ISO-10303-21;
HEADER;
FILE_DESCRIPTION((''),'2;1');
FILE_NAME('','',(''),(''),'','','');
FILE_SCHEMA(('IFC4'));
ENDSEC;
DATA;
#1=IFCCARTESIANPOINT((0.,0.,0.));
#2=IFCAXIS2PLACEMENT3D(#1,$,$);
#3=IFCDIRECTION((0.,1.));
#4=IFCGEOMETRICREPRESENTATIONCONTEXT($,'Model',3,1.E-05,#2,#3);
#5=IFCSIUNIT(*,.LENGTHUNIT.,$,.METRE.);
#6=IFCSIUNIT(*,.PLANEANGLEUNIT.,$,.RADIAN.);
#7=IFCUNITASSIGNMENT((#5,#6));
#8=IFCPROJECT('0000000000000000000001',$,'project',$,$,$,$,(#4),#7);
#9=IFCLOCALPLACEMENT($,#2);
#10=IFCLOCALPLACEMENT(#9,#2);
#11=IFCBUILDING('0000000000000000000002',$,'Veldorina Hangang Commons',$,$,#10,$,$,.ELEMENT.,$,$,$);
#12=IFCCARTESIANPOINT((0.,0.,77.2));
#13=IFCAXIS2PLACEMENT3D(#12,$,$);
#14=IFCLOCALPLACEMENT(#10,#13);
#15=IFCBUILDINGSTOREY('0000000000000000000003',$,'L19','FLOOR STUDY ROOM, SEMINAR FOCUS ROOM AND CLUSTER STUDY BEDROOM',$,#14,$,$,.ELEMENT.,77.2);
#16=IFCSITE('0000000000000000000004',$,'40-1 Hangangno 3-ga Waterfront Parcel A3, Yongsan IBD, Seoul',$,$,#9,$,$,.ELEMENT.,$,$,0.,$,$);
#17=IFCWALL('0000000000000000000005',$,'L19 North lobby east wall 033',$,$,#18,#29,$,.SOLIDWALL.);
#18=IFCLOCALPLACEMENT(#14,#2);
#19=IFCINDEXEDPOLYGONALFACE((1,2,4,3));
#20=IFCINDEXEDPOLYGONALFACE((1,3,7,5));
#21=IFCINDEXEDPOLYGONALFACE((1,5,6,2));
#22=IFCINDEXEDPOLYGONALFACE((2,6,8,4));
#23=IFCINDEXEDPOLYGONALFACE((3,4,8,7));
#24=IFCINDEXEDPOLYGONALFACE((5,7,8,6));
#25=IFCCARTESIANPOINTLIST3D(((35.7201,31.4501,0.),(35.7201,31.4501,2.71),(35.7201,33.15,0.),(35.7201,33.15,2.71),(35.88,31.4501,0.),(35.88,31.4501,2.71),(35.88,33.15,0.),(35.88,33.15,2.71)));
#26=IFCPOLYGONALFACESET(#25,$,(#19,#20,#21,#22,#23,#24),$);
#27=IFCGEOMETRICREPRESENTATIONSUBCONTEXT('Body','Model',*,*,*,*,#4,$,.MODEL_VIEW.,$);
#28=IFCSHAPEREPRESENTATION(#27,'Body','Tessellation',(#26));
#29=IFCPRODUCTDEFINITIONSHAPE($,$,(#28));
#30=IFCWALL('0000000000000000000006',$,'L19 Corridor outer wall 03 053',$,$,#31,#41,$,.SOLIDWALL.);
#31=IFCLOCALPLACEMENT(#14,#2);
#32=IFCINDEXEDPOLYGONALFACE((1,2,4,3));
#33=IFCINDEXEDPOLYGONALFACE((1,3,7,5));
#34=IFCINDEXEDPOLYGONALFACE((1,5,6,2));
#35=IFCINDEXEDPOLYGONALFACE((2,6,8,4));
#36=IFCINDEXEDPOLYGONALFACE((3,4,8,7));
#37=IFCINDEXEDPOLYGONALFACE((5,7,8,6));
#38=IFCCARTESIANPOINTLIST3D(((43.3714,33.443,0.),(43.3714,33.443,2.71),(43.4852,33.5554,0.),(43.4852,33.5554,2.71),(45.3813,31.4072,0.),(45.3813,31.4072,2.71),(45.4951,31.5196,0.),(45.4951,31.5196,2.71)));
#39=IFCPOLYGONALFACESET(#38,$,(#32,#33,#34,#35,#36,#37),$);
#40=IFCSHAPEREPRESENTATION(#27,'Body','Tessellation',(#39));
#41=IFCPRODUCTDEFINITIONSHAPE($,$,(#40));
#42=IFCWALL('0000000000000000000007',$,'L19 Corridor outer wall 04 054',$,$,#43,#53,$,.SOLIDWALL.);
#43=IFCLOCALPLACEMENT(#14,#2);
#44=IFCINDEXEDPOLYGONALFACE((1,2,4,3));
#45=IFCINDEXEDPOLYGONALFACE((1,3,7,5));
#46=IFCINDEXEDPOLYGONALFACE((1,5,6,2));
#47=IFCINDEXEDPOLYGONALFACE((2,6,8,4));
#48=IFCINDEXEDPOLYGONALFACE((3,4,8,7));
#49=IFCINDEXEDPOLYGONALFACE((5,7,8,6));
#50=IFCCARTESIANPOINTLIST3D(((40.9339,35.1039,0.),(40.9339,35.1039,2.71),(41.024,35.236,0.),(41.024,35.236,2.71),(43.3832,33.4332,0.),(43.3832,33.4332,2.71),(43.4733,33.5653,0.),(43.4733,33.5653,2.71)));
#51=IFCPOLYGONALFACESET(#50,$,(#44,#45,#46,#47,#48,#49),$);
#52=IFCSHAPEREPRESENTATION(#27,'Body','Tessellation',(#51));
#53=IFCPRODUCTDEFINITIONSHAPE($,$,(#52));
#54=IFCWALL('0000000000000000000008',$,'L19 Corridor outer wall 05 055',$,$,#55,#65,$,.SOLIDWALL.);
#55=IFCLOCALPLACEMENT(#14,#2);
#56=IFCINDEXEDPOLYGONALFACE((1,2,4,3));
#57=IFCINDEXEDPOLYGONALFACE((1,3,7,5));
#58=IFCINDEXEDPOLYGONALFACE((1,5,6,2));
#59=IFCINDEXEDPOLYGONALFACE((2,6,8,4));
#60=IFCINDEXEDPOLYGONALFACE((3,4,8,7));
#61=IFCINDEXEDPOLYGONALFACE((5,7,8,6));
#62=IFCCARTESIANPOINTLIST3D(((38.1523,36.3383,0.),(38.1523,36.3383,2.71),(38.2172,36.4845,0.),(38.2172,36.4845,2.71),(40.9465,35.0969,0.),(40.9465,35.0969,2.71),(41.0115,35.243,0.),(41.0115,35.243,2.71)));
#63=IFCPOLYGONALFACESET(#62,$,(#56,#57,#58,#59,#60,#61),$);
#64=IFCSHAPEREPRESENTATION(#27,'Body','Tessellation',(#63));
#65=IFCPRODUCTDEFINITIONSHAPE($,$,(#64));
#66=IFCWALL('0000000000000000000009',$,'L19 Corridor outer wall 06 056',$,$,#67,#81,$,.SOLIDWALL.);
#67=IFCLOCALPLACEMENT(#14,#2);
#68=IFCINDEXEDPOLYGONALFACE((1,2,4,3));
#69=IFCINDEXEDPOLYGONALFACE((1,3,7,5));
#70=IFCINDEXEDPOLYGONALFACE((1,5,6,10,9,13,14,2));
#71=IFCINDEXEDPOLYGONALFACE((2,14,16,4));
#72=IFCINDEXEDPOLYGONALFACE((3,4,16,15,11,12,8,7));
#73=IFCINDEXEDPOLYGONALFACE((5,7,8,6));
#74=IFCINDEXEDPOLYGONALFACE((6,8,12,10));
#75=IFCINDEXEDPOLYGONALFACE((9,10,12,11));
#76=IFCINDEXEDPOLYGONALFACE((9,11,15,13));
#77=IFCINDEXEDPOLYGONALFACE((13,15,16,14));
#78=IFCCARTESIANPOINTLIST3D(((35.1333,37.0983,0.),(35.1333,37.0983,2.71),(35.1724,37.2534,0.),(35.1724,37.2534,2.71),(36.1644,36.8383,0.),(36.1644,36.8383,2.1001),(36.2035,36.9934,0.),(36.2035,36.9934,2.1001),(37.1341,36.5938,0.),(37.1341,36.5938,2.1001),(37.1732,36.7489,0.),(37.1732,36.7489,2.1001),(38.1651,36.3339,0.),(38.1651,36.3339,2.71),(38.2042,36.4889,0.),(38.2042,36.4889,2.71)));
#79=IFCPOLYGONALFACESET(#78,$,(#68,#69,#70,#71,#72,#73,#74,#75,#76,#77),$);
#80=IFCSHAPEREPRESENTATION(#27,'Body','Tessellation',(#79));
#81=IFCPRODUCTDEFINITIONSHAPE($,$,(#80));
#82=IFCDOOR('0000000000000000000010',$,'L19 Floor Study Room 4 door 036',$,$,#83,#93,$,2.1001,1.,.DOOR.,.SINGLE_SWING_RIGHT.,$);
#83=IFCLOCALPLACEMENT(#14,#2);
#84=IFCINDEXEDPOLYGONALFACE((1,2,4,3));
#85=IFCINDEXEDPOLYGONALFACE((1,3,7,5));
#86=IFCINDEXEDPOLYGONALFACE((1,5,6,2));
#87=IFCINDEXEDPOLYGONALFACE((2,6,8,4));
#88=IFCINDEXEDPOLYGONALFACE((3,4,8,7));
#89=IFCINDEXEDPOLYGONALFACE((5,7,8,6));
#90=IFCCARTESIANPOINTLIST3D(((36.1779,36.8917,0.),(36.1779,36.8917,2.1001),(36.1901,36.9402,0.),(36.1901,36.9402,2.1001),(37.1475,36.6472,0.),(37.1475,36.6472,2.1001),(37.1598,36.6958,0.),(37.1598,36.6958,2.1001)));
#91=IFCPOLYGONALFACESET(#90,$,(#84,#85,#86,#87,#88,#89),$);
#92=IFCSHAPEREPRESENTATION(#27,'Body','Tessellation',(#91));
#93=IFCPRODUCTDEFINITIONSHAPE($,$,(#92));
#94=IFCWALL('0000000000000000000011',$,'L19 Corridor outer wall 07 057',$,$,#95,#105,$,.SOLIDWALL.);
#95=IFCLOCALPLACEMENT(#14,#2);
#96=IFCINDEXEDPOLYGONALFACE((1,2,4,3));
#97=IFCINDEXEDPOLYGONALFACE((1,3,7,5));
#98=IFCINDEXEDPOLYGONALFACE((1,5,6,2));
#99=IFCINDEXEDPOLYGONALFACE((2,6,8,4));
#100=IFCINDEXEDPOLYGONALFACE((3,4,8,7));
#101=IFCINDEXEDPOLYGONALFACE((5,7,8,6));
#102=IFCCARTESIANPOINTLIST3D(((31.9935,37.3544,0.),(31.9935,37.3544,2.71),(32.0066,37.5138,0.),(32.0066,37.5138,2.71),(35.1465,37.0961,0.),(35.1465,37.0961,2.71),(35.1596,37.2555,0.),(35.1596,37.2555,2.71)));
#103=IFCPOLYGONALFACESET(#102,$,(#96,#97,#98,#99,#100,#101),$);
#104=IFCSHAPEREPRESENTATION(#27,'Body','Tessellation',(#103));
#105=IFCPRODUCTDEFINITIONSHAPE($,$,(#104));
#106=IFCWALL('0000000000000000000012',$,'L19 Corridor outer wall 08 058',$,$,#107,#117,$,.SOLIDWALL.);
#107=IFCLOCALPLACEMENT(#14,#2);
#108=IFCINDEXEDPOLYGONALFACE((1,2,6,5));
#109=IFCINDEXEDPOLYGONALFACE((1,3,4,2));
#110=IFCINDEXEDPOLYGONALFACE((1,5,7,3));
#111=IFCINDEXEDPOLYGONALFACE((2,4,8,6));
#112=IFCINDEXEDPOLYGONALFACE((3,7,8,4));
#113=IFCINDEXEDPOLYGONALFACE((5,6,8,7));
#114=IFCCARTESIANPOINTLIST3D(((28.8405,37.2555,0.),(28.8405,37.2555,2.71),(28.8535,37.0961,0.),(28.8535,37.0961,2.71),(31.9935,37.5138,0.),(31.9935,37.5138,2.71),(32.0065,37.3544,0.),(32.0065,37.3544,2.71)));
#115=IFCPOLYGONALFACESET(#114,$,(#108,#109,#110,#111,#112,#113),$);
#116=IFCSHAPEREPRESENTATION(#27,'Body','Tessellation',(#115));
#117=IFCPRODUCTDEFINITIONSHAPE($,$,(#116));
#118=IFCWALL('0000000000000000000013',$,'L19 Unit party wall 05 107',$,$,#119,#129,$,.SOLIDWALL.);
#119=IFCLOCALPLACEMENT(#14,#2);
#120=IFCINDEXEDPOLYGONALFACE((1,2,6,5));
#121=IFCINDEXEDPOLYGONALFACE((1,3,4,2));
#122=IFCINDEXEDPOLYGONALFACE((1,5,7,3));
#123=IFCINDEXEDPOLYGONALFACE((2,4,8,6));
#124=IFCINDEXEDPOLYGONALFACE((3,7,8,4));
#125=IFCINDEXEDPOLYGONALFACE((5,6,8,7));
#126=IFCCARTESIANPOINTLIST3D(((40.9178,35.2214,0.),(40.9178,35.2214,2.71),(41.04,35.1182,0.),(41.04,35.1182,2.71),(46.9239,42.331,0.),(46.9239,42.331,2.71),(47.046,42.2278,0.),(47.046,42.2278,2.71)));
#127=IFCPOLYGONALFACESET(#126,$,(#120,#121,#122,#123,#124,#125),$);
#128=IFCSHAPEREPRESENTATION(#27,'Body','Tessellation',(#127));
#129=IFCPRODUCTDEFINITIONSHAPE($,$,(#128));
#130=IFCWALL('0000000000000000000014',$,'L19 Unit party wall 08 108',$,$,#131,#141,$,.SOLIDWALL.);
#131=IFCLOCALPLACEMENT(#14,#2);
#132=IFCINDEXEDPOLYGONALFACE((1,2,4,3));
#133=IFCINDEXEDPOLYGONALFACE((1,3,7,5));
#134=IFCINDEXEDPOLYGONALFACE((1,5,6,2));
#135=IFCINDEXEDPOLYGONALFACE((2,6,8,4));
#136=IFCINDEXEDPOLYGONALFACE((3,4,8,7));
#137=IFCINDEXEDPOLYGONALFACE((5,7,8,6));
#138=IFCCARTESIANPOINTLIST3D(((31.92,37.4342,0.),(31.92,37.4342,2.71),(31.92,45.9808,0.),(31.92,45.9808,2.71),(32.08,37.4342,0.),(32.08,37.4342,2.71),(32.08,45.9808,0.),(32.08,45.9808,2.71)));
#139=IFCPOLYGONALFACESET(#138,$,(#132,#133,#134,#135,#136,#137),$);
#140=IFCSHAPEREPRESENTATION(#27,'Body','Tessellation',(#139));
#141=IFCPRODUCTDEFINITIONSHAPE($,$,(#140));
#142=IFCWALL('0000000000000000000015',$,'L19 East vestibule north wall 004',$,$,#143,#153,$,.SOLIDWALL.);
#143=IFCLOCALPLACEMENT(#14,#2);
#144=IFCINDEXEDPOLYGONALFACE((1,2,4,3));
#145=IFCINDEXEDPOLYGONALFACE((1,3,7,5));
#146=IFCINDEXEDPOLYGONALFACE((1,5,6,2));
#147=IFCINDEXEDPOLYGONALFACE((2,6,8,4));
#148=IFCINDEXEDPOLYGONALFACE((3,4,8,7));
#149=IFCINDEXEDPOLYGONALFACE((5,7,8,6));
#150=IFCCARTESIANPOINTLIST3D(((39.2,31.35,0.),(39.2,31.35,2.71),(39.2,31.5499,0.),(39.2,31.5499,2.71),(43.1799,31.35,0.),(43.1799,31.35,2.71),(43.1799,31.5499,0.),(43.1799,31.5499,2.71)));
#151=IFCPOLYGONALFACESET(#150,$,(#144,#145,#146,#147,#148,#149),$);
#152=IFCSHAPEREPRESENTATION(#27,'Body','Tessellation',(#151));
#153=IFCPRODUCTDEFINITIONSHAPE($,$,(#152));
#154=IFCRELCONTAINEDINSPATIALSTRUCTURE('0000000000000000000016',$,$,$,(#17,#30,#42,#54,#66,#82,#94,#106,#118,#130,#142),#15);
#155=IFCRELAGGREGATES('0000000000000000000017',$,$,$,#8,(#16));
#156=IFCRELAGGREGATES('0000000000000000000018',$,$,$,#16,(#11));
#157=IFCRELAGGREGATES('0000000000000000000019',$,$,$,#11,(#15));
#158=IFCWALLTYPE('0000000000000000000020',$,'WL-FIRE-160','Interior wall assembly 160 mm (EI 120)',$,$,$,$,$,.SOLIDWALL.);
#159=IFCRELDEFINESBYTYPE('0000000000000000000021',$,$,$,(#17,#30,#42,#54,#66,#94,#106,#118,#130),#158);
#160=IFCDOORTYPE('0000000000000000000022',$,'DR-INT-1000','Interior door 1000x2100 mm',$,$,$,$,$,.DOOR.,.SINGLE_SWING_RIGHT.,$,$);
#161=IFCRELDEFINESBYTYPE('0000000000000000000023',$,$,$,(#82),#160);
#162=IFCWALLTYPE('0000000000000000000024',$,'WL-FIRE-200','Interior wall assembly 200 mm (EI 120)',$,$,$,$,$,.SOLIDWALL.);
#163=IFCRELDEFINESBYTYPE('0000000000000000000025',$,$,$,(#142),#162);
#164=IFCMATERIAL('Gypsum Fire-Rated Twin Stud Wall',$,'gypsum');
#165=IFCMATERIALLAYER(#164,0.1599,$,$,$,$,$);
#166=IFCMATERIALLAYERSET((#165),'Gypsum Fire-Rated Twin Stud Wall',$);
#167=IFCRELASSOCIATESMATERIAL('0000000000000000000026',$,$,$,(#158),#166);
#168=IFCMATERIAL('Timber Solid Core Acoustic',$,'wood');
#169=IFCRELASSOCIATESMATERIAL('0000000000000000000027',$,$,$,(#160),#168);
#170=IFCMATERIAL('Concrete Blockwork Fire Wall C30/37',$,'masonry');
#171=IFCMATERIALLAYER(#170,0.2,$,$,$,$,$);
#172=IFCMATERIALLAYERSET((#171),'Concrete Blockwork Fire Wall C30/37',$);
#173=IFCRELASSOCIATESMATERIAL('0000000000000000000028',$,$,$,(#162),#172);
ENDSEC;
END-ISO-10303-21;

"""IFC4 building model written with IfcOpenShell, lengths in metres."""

from ifc_helpers import new_model, si_unit, direction, frame, frame_2d, origin, place, context, subcontext, project, spatial, rectangle, extrude, material, layer, layer_set, type_object, element, fill, save


model = new_model("IFC4")

# Units and contexts
model_context = context("Model", 3, precision=1e-05, world=origin(), true_north=direction((0.0, 1.0)))
body_context = subcontext(model_context, "Body", "Model", "MODEL_VIEW")
ifc_project = project(units=[si_unit("LENGTHUNIT", "METRE"), si_unit("PLANEANGLEUNIT", "RADIAN")], contexts=[model_context])

# Site, building, storey
site_placement = place(None, origin())
site = spatial("IfcSite", under=ifc_project, at=site_placement, Name="40-1 Hangangno 3-ga Waterfront Parcel A3, Yongsan IBD, Seoul", CompositionType="ELEMENT", RefElevation=0.0)
building_placement = place(site_placement, origin())
building = spatial("IfcBuilding", under=site, at=building_placement, Name="Veldorina Hangang Commons", CompositionType="ELEMENT")
storey_placement = place(building_placement, frame((0.0, 0.0, 77.2)))
storey = spatial("IfcBuildingStorey", under=building, at=storey_placement, Name="L19", Description="FLOOR STUDY ROOM, SEMINAR FOCUS ROOM AND CLUSTER STUDY BEDROOM", CompositionType="ELEMENT", Elevation=77.2)

# Walls
ifc_material_1 = material(Name="Gypsum Fire-Rated Twin Stud Wall", Category="gypsum")
ifc_layer_1 = layer(ifc_material_1, 0.1599)
ifc_layer_set_1 = layer_set([ifc_layer_1], Name="Gypsum Fire-Rated Twin Stud Wall")
wall_type_1 = type_object("IfcWallType", Name="WL-FIRE-160", Description="Interior wall assembly 160 mm (EI 120)", PredefinedType="SOLIDWALL", material=ifc_layer_set_1)
wall_1_placement = place(storey_placement, frame((35.8, 31.45, 0.0), z_axis=(0.0, 0.0, 1.0), x_axis=(0.0, 1.0, 0.0)))
element("IfcWall", 1, at=wall_1_placement, inside=storey, type_object=wall_type_1, Name="L19 North lobby east wall 033", PredefinedType="SOLIDWALL", context=body_context, shape_type="SweptSolid", body=[
    extrude(rectangle(XDim=1.7, YDim=0.1599, at=frame_2d((0.8501, 0.0))), origin(), (0.0, 0.0, 1.0), 2.71),
])
wall_2_placement = place(storey_placement, frame((45.4382, 31.4634, 0.0), z_axis=(0.0, 0.0, 1.0), x_axis=(-0.70257, 0.711615, 0.0)))
element("IfcWall", 2, at=wall_2_placement, inside=storey, type_object=wall_type_1, Name="L19 Corridor outer wall 03 053", PredefinedType="SOLIDWALL", context=body_context, shape_type="SweptSolid", body=[
    extrude(rectangle(XDim=2.8608, YDim=0.1599, at=frame_2d((1.4304, 0.0))), origin(), (0.0, 0.0, 1.0), 2.71),
])
wall_3_placement = place(storey_placement, frame((43.4282, 33.4993, 0.0), z_axis=(0.0, 0.0, 1.0), x_axis=(-0.826112, 0.563505, 0.0)))
element("IfcWall", 3, at=wall_3_placement, inside=storey, type_object=wall_type_1, Name="L19 Corridor outer wall 04 054", PredefinedType="SOLIDWALL", context=body_context, shape_type="SweptSolid", body=[
    extrude(rectangle(XDim=2.9648, YDim=0.1599, at=frame_2d((1.4824, 0.0))), origin(), (0.0, 0.0, 1.0), 2.71),
])
wall_4_placement = place(storey_placement, frame((40.979, 35.1699, 0.0), z_axis=(0.0, 0.0, 1.0), x_axis=(-0.913861, 0.406027, 0.0)))
element("IfcWall", 4, at=wall_4_placement, inside=storey, type_object=wall_type_1, Name="L19 Corridor outer wall 05 055", PredefinedType="SOLIDWALL", context=body_context, shape_type="SweptSolid", body=[
    extrude(rectangle(XDim=3.0576, YDim=0.1599, at=frame_2d((1.5288, 0.0))), origin(), (0.0, 0.0, 1.0), 2.71),
])

# Wall, opening, door
wall_5_placement = place(storey_placement, frame((38.1848, 36.4114, 0.0), z_axis=(0.0, 0.0, 1.0), x_axis=(-0.969654, 0.244483, 0.0)))
wall_5 = element("IfcWall", 5, at=wall_5_placement, inside=storey, type_object=wall_type_1, Name="L19 Corridor outer wall 06 056", PredefinedType="SOLIDWALL", context=body_context, shape_type="SweptSolid", body=[
    extrude(rectangle(XDim=3.1267, YDim=0.1599, at=frame_2d((1.5635, 0.0))), origin(), (0.0, 0.0, 1.0), 2.71),
])
opening_1_placement = place(wall_5_placement, frame((1.0635, 0.0, 0.0)))
opening_1 = element("IfcOpeningElement", 6, at=opening_1_placement, cuts=wall_5, PredefinedType="OPENING", context=body_context, shape_type="SweptSolid", body=[
    extrude(rectangle(XDim=1.0, YDim=2.1001, at=frame_2d((0.5, 1.05))), frame((0.0, 0.0898, 0.0), z_axis=(0.0, -1.0, 0.0), x_axis=(1.0, 0.0, 0.0)), (0.0, 0.0, 1.0), 0.1799),
])
ifc_material_2 = material(Name="Timber Solid Core Acoustic", Category="wood")
door_type_1 = type_object("IfcDoorType", Name="DR-INT-1000", Description="Interior door 1000x2100 mm", OperationType="SINGLE_SWING_RIGHT", PredefinedType="DOOR", material=ifc_material_2)
door_1_placement = place(opening_1_placement, origin())
door_1 = element("IfcDoor", 7, at=door_1_placement, inside=storey, type_object=door_type_1, Name="L19 Floor Study Room 4 door 036", OperationType="SINGLE_SWING_RIGHT", OverallHeight=2.1001, OverallWidth=1.0, PredefinedType="DOOR", context=body_context, shape_type="SweptSolid", body=[
    extrude(rectangle(XDim=1.0, YDim=2.1001, at=frame_2d((0.5, 1.05))), frame((0.0, 0.0249, 0.0), z_axis=(0.0, -1.0, 0.0), x_axis=(1.0, 0.0, 0.0)), (0.0, 0.0, 1.0), 0.05),
])
fill(opening_1, door_1)

# Walls
for number, where, z_axis, x_axis, name in (
    (8, (35.1531, 37.1758, 0.0), (0.0, 0.0, 1.0), (-0.996661, 0.081647, 0.0), "L19 Corridor outer wall 07 057"),
    (9, (32.0, 37.4341, 0.0), (0.0, 0.0, 1.0), (-0.996661, -0.081647, 0.0), "L19 Corridor outer wall 08 058"),
):
    element("IfcWall", number, at=place(storey_placement, frame(where, z_axis=z_axis, x_axis=x_axis)), inside=storey, type_object=wall_type_1, Name=name, PredefinedType="SOLIDWALL", context=body_context, shape_type="SweptSolid", body=[
        extrude(rectangle(XDim=3.1636, YDim=0.1599, at=frame_2d((1.5818, 0.0))), origin(), (0.0, 0.0, 1.0), 2.71),
    ])
wall_6_placement = place(storey_placement, frame((40.979, 35.1699, 0.0), z_axis=(0.0, 0.0, 1.0), x_axis=(0.645333, 0.763901, 0.0)))
element("IfcWall", 10, at=wall_6_placement, inside=storey, type_object=wall_type_1, Name="L19 Unit party wall 05 107", PredefinedType="SOLIDWALL", context=body_context, shape_type="SweptSolid", body=[
    extrude(rectangle(XDim=9.3069, YDim=0.1599, at=frame_2d((4.6533, 0.0))), origin(), (0.0, 0.0, 1.0), 2.71),
])
wall_7_placement = place(storey_placement, frame((32.0, 37.4341, 0.0), z_axis=(0.0, 0.0, 1.0), x_axis=(0.0, 1.0, 0.0)))
element("IfcWall", 11, at=wall_7_placement, inside=storey, type_object=wall_type_1, Name="L19 Unit party wall 08 108", PredefinedType="SOLIDWALL", context=body_context, shape_type="SweptSolid", body=[
    extrude(rectangle(XDim=8.5466, YDim=0.1599, at=frame_2d((4.2734, 0.0))), origin(), (0.0, 0.0, 1.0), 2.71),
])
ifc_material_3 = material(Name="Concrete Blockwork Fire Wall C30/37", Category="masonry")
ifc_layer_2 = layer(ifc_material_3, 0.2)
ifc_layer_set_2 = layer_set([ifc_layer_2], Name="Concrete Blockwork Fire Wall C30/37")
wall_type_2 = type_object("IfcWallType", Name="WL-FIRE-200", Description="Interior wall assembly 200 mm (EI 120)", PredefinedType="SOLIDWALL", material=ifc_layer_set_2)
wall_8_placement = place(storey_placement, frame((39.2, 31.45, 0.0), z_axis=(0.0, 0.0, 1.0), x_axis=(1.0, 0.0, 0.0)))
element("IfcWall", 12, at=wall_8_placement, inside=storey, type_object=wall_type_2, Name="L19 East vestibule north wall 004", PredefinedType="SOLIDWALL", context=body_context, shape_type="SweptSolid", body=[
    extrude(rectangle(XDim=3.98, YDim=0.2, at=frame_2d((1.99, 0.0))), origin(), (0.0, 0.0, 1.0), 2.71),
])

save(model, "model.ifc")
